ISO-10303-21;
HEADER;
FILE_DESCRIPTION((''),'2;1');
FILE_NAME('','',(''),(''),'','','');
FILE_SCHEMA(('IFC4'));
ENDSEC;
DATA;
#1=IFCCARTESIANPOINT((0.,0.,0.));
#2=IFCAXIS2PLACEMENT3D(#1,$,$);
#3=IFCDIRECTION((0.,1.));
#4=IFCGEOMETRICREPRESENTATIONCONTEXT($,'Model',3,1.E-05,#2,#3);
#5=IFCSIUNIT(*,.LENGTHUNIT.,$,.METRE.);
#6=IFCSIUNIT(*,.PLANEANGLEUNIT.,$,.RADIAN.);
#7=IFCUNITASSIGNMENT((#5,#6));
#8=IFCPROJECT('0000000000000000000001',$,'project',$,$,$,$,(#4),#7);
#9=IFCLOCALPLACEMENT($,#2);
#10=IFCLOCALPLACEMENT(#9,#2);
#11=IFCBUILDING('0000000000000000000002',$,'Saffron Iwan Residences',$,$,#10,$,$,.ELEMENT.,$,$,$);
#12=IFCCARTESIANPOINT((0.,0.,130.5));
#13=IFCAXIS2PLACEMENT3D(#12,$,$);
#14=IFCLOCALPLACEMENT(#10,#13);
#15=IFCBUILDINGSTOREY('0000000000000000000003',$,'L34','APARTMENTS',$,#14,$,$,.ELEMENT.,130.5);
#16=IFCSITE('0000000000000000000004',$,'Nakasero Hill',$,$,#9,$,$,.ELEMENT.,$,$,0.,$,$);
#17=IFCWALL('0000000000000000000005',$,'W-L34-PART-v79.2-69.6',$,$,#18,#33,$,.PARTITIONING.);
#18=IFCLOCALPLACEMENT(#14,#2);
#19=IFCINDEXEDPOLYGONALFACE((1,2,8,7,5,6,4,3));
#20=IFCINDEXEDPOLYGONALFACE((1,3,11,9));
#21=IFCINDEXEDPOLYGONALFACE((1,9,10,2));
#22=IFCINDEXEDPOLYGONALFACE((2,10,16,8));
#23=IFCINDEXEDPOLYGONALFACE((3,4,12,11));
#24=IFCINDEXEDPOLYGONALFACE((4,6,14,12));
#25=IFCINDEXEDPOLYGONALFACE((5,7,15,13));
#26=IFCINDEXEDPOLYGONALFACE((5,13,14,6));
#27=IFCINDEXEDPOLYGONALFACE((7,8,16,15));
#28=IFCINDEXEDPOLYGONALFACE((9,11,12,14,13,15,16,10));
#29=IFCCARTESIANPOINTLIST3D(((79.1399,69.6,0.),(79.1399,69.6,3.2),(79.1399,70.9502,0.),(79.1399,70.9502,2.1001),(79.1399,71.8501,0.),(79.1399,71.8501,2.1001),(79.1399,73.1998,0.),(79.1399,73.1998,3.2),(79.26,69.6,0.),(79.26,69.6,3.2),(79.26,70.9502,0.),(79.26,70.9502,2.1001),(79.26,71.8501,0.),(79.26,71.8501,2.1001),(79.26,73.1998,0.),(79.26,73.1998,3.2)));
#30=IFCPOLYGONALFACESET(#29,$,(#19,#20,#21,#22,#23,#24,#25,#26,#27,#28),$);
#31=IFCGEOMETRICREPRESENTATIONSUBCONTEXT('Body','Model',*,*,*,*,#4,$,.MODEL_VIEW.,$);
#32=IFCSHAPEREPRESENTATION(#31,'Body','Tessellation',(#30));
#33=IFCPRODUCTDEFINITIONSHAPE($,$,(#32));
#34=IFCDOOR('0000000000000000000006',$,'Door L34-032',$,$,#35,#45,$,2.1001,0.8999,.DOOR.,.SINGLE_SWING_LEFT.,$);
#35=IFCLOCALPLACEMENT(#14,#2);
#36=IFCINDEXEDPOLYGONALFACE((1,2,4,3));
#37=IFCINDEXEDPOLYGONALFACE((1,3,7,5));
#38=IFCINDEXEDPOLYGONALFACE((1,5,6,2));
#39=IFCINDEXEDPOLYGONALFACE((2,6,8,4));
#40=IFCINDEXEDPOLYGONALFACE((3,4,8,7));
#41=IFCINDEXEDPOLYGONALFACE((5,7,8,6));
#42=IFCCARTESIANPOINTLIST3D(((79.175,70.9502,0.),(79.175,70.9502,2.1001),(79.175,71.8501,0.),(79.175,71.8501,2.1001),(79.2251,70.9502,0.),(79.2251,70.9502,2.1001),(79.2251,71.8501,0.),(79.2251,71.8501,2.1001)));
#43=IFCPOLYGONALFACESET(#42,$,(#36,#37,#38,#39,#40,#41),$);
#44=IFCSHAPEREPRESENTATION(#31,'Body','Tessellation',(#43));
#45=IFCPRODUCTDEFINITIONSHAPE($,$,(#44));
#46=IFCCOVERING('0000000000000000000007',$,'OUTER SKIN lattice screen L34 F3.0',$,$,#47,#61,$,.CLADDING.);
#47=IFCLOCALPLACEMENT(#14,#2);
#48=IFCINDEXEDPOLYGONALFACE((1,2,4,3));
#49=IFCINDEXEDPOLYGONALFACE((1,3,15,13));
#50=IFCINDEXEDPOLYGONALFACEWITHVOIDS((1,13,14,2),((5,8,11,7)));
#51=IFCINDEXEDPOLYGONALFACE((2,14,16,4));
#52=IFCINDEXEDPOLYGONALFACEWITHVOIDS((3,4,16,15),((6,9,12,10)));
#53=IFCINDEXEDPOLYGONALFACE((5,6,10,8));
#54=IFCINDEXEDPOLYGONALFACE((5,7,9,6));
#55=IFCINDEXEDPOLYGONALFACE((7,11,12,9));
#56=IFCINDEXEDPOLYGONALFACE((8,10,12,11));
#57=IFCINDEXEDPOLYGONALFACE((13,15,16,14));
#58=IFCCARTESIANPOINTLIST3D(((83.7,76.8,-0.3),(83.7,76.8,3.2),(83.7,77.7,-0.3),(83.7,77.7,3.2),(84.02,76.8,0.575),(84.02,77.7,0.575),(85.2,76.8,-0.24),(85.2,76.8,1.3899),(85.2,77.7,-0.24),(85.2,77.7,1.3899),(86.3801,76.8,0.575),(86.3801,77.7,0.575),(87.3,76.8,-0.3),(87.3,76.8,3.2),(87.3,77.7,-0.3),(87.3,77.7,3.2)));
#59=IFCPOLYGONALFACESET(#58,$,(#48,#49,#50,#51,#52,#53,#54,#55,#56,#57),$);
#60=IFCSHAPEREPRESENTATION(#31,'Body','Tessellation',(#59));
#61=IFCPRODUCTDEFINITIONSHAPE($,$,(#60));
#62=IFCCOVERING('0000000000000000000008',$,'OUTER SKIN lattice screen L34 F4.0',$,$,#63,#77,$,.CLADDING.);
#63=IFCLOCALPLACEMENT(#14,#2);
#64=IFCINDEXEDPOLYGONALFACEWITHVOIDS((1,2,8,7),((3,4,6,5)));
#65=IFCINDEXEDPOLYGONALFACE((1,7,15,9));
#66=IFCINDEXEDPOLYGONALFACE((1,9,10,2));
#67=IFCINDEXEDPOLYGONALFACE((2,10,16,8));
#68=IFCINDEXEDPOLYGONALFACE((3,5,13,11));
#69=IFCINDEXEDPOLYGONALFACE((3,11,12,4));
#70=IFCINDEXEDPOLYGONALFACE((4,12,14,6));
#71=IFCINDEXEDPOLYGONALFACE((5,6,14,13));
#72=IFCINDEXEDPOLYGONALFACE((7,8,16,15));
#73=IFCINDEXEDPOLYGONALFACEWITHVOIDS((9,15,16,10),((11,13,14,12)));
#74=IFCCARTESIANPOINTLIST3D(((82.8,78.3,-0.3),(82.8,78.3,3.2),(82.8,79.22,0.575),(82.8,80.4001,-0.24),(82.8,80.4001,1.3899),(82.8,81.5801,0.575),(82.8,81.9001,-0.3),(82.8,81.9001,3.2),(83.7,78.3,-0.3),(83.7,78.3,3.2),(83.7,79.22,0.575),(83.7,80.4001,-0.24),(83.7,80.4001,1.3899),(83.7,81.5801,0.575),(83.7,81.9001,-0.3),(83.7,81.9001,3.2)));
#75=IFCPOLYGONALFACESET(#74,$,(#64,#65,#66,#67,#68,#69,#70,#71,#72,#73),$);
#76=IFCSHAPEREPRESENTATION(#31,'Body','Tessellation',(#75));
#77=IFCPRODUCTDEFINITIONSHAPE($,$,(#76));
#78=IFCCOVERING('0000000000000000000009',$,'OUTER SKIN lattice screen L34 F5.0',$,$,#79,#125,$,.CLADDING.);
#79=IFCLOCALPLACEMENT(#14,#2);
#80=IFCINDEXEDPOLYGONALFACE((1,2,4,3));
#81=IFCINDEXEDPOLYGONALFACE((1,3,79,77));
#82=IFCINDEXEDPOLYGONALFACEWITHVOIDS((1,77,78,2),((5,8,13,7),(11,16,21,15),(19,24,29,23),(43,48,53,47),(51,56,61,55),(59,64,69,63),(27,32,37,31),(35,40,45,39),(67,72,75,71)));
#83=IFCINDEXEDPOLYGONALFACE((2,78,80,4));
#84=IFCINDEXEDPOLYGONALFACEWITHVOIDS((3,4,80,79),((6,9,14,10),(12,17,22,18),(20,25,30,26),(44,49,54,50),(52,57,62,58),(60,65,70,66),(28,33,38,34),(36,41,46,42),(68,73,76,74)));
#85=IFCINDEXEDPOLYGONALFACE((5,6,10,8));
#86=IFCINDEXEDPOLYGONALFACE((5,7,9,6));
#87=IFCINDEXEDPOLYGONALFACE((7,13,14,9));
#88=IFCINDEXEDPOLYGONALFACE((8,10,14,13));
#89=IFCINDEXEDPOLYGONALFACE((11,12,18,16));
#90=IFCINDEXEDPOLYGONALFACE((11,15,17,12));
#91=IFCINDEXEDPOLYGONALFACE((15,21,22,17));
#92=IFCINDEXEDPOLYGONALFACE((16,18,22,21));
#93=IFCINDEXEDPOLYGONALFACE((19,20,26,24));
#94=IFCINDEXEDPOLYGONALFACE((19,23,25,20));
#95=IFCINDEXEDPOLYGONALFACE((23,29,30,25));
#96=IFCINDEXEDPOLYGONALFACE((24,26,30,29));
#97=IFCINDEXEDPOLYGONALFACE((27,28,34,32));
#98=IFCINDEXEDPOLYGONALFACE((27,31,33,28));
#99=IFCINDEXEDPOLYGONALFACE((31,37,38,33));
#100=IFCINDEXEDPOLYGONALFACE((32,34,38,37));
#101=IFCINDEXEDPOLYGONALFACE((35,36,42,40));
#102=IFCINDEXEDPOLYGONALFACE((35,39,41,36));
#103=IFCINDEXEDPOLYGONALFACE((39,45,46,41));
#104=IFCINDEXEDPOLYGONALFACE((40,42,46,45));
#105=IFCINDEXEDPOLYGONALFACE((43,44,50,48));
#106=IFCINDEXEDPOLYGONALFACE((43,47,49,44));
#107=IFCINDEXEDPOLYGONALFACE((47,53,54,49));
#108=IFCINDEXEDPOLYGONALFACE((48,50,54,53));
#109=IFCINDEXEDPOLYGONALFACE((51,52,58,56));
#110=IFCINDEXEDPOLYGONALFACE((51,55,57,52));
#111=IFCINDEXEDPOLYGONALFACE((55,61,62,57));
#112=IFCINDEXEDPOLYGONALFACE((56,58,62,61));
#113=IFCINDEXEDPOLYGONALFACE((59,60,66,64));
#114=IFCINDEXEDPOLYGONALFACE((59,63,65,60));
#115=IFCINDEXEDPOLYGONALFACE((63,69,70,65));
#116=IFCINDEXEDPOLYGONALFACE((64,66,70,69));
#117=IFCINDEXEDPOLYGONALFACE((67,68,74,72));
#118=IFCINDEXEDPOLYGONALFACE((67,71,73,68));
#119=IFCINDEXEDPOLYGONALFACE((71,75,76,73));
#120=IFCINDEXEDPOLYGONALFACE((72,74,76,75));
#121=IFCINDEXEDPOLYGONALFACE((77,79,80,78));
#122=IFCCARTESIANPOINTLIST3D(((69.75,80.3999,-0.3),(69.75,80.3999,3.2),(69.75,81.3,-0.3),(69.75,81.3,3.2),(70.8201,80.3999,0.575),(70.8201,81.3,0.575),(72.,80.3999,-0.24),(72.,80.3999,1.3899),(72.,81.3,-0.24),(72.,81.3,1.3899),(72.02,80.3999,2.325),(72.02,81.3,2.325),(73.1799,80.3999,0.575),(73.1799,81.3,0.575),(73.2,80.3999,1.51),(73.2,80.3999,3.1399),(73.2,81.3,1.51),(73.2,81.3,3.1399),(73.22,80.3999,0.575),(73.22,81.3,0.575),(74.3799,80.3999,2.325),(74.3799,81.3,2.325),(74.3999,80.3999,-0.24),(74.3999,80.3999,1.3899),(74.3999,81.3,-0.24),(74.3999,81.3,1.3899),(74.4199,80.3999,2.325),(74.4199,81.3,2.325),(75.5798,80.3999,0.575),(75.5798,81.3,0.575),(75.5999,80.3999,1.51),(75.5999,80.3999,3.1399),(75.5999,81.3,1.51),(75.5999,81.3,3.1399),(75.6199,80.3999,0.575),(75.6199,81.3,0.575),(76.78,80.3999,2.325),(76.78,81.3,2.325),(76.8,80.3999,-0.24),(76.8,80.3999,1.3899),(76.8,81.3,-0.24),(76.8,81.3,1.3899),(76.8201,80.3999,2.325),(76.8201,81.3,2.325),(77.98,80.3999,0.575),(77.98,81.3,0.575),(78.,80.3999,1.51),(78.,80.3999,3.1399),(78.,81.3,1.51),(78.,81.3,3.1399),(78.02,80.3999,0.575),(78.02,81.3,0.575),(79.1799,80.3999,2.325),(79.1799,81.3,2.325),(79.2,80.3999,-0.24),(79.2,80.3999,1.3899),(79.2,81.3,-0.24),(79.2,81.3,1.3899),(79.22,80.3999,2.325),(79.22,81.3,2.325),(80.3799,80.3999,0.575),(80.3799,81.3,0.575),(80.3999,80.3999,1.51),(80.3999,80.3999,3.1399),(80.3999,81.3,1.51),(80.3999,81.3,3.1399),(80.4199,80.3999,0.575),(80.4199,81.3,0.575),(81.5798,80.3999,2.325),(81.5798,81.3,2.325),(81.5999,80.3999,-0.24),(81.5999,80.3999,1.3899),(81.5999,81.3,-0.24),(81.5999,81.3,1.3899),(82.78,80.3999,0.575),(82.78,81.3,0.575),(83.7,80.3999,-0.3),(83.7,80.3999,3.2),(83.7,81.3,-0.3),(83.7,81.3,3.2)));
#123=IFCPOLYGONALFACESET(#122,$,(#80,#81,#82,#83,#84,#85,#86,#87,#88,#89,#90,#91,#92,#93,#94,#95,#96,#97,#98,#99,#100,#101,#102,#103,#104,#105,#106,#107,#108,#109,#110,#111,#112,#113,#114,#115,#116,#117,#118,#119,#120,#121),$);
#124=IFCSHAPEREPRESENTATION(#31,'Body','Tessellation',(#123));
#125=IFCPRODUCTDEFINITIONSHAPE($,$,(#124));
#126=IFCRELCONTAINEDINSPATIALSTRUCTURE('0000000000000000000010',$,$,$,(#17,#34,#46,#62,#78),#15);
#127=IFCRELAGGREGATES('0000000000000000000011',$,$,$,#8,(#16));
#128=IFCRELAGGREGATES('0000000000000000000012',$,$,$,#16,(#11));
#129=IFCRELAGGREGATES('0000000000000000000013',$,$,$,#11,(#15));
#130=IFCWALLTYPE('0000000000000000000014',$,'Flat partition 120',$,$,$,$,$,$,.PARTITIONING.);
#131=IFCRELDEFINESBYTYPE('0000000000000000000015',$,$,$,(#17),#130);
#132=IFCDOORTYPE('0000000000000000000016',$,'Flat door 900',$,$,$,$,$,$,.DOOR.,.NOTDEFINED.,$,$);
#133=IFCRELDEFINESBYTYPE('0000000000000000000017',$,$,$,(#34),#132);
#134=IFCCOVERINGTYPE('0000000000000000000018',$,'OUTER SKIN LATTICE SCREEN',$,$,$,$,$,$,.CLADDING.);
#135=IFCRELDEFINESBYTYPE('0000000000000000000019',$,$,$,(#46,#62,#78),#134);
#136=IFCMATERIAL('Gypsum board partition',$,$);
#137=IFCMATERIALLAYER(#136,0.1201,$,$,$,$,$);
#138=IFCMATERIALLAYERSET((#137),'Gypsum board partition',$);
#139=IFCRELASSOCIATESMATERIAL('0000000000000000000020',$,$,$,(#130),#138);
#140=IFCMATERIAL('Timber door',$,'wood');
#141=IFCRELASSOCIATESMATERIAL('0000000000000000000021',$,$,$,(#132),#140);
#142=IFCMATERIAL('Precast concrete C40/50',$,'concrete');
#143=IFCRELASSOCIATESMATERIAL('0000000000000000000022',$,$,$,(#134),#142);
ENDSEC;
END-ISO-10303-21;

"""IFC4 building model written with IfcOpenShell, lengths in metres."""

from ifc_helpers import new_model, si_unit, direction, frame, frame_2d, origin, place, context, subcontext, project, spatial, polyline, rectangle, outline, extrude, material, layer, layer_set, type_object, element, fill, save


model = new_model("IFC4")

# Units and contexts
model_context = context("Model", 3, precision=1e-05, world=origin(), true_north=direction((0.0, 1.0)))
body_context = subcontext(model_context, "Body", "Model", "MODEL_VIEW")
ifc_project = project(units=[si_unit("LENGTHUNIT", "METRE"), si_unit("PLANEANGLEUNIT", "RADIAN")], contexts=[model_context])

# Site, building, storey
site_placement = place(None, origin())
site = spatial("IfcSite", under=ifc_project, at=site_placement, Name="Nakasero Hill", CompositionType="ELEMENT", RefElevation=0.0)
building_placement = place(site_placement, origin())
building = spatial("IfcBuilding", under=site, at=building_placement, Name="Saffron Iwan Residences", CompositionType="ELEMENT")
storey_placement = place(building_placement, frame((0.0, 0.0, 130.5)))
storey = spatial("IfcBuildingStorey", under=building, at=storey_placement, Name="L34", Description="APARTMENTS", CompositionType="ELEMENT", Elevation=130.5)

# Shared definitions
ifc_material_1 = material(Name="Gypsum board partition")
ifc_layer_1 = layer(ifc_material_1, 0.1201)
ifc_layer_set_1 = layer_set([ifc_layer_1], Name="Gypsum board partition")
wall_type_1 = type_object("IfcWallType", Name="Flat partition 120", PredefinedType="PARTITIONING", material=ifc_layer_set_1)

# Wall, opening, door
wall_1_placement = place(storey_placement, frame((79.2, 69.6001, 0.0), z_axis=(0.0, 0.0, 1.0), x_axis=(0.0, 1.0, 0.0)))
wall_1 = element("IfcWall", 1, at=wall_1_placement, inside=storey, type_object=wall_type_1, Name="W-L34-PART-v79.2-69.6", PredefinedType="PARTITIONING", context=body_context, shape_type="SweptSolid", body=[
    extrude(rectangle(XDim=3.5999, YDim=0.1201, at=frame_2d((1.7998, 0.0))), origin(), (0.0, 0.0, 1.0), 3.2),
])
opening_1_placement = place(wall_1_placement, frame((1.3501, 0.0, 0.0)))
opening_1 = element("IfcOpeningElement", 2, at=opening_1_placement, cuts=wall_1, PredefinedType="OPENING", context=body_context, shape_type="SweptSolid", body=[
    extrude(rectangle(XDim=0.8999, YDim=2.1001, at=frame_2d((0.45, 1.05))), frame((0.0, 0.0701, 0.0), z_axis=(0.0, -1.0, 0.0), x_axis=(1.0, 0.0, 0.0)), (0.0, 0.0, 1.0), 0.1401),
])
ifc_material_2 = material(Name="Timber door", Category="wood")
door_type_1 = type_object("IfcDoorType", Name="Flat door 900", OperationType="NOTDEFINED", PredefinedType="DOOR", material=ifc_material_2)
door_1_placement = place(opening_1_placement, origin())
door_1 = element("IfcDoor", 3, at=door_1_placement, inside=storey, type_object=door_type_1, Name="Door L34-032", OperationType="SINGLE_SWING_LEFT", OverallHeight=2.1001, OverallWidth=0.8999, PredefinedType="DOOR", context=body_context, shape_type="SweptSolid", body=[
    extrude(rectangle(XDim=0.8999, YDim=2.1001, at=frame_2d((0.45, 1.05))), frame((0.0, 0.0249, 0.0), z_axis=(0.0, -1.0, 0.0), x_axis=(1.0, 0.0, 0.0)), (0.0, 0.0, 1.0), 0.05),
])
fill(opening_1, door_1)

# Coverings
ifc_material_3 = material(Name="Precast concrete C40/50", Category="concrete")
covering_type = type_object("IfcCoveringType", Name="OUTER SKIN LATTICE SCREEN", PredefinedType="CLADDING", material=ifc_material_3)
for number, where, z_axis, x_axis, name in (
    (4, (87.3, 76.8, -0.3), (0.0, 1.0, 0.0), (-1.0, 0.0, 0.0), "OUTER SKIN lattice screen L34 F3.0"),
    (5, (82.8, 78.3, -0.3), (1.0, 0.0, 0.0), (0.0, 1.0, 0.0), "OUTER SKIN lattice screen L34 F4.0"),
):
    element("IfcCovering", number, at=place(storey_placement, frame(where, z_axis=z_axis, x_axis=x_axis)), inside=storey, type_object=covering_type, Name=name, PredefinedType="CLADDING", context=body_context, shape_type="SweptSolid", body=[
        extrude(outline(polyline([(0.0, 0.0), (3.6001, 0.0), (3.6001, 3.5), (0.0, 3.5), (0.0, 0.0)]), holes=[polyline([(0.9199, 0.875), (2.1001, 0.0601), (3.28, 0.875), (2.1001, 1.6899), (0.9199, 0.875)])]), origin(), (0.0, 0.0, 1.0), 0.8999),
    ])
covering_placement = place(storey_placement, frame((83.7, 80.3999, -0.3), z_axis=(0.0, 1.0, 0.0), x_axis=(-1.0, 0.0, 0.0)))
element("IfcCovering", 6, at=covering_placement, inside=storey, type_object=covering_type, Name="OUTER SKIN lattice screen L34 F5.0", PredefinedType="CLADDING", context=body_context, shape_type="SweptSolid", body=[
    extrude(outline(polyline([(0.0, 0.0), (13.95, 0.0), (13.95, 3.5), (0.0, 3.5), (0.0, 0.0)]), holes=[polyline([(0.9199, 0.875), (2.1001, 0.0601), (3.28, 0.875), (2.1001, 1.6899), (0.9199, 0.875)]), polyline([(3.3201, 0.875), (4.5, 0.0601), (5.6799, 0.875), (4.5, 1.6899), (3.3201, 0.875)]), polyline([(5.72, 0.875), (6.8999, 0.0601), (8.0801, 0.875), (6.8999, 1.6899), (5.72, 0.875)]), polyline([(8.1201, 0.875), (9.3, 0.0601), (10.48, 0.875), (9.3, 1.6899), (8.1201, 0.875)]), polyline([(10.52, 0.875), (11.7, 0.0601), (12.8799, 0.875), (11.7, 1.6899), (10.52, 0.875)]), polyline([(2.1201, 2.625), (3.3, 1.8101), (4.48, 2.625), (3.3, 3.4399), (2.1201, 2.625)]), polyline([(4.52, 2.625), (5.7, 1.8101), (6.8799, 2.625), (5.7, 3.4399), (4.52, 2.625)]), polyline([(6.9199, 2.625), (8.1001, 1.8101), (9.28, 2.625), (8.1001, 3.4399), (6.9199, 2.625)]), polyline([(9.3201, 2.625), (10.5, 1.8101), (11.6799, 2.625), (10.5, 3.4399), (9.3201, 2.625)])]), origin(), (0.0, 0.0, 1.0), 0.9001),
])

save(model, "model.ifc")
